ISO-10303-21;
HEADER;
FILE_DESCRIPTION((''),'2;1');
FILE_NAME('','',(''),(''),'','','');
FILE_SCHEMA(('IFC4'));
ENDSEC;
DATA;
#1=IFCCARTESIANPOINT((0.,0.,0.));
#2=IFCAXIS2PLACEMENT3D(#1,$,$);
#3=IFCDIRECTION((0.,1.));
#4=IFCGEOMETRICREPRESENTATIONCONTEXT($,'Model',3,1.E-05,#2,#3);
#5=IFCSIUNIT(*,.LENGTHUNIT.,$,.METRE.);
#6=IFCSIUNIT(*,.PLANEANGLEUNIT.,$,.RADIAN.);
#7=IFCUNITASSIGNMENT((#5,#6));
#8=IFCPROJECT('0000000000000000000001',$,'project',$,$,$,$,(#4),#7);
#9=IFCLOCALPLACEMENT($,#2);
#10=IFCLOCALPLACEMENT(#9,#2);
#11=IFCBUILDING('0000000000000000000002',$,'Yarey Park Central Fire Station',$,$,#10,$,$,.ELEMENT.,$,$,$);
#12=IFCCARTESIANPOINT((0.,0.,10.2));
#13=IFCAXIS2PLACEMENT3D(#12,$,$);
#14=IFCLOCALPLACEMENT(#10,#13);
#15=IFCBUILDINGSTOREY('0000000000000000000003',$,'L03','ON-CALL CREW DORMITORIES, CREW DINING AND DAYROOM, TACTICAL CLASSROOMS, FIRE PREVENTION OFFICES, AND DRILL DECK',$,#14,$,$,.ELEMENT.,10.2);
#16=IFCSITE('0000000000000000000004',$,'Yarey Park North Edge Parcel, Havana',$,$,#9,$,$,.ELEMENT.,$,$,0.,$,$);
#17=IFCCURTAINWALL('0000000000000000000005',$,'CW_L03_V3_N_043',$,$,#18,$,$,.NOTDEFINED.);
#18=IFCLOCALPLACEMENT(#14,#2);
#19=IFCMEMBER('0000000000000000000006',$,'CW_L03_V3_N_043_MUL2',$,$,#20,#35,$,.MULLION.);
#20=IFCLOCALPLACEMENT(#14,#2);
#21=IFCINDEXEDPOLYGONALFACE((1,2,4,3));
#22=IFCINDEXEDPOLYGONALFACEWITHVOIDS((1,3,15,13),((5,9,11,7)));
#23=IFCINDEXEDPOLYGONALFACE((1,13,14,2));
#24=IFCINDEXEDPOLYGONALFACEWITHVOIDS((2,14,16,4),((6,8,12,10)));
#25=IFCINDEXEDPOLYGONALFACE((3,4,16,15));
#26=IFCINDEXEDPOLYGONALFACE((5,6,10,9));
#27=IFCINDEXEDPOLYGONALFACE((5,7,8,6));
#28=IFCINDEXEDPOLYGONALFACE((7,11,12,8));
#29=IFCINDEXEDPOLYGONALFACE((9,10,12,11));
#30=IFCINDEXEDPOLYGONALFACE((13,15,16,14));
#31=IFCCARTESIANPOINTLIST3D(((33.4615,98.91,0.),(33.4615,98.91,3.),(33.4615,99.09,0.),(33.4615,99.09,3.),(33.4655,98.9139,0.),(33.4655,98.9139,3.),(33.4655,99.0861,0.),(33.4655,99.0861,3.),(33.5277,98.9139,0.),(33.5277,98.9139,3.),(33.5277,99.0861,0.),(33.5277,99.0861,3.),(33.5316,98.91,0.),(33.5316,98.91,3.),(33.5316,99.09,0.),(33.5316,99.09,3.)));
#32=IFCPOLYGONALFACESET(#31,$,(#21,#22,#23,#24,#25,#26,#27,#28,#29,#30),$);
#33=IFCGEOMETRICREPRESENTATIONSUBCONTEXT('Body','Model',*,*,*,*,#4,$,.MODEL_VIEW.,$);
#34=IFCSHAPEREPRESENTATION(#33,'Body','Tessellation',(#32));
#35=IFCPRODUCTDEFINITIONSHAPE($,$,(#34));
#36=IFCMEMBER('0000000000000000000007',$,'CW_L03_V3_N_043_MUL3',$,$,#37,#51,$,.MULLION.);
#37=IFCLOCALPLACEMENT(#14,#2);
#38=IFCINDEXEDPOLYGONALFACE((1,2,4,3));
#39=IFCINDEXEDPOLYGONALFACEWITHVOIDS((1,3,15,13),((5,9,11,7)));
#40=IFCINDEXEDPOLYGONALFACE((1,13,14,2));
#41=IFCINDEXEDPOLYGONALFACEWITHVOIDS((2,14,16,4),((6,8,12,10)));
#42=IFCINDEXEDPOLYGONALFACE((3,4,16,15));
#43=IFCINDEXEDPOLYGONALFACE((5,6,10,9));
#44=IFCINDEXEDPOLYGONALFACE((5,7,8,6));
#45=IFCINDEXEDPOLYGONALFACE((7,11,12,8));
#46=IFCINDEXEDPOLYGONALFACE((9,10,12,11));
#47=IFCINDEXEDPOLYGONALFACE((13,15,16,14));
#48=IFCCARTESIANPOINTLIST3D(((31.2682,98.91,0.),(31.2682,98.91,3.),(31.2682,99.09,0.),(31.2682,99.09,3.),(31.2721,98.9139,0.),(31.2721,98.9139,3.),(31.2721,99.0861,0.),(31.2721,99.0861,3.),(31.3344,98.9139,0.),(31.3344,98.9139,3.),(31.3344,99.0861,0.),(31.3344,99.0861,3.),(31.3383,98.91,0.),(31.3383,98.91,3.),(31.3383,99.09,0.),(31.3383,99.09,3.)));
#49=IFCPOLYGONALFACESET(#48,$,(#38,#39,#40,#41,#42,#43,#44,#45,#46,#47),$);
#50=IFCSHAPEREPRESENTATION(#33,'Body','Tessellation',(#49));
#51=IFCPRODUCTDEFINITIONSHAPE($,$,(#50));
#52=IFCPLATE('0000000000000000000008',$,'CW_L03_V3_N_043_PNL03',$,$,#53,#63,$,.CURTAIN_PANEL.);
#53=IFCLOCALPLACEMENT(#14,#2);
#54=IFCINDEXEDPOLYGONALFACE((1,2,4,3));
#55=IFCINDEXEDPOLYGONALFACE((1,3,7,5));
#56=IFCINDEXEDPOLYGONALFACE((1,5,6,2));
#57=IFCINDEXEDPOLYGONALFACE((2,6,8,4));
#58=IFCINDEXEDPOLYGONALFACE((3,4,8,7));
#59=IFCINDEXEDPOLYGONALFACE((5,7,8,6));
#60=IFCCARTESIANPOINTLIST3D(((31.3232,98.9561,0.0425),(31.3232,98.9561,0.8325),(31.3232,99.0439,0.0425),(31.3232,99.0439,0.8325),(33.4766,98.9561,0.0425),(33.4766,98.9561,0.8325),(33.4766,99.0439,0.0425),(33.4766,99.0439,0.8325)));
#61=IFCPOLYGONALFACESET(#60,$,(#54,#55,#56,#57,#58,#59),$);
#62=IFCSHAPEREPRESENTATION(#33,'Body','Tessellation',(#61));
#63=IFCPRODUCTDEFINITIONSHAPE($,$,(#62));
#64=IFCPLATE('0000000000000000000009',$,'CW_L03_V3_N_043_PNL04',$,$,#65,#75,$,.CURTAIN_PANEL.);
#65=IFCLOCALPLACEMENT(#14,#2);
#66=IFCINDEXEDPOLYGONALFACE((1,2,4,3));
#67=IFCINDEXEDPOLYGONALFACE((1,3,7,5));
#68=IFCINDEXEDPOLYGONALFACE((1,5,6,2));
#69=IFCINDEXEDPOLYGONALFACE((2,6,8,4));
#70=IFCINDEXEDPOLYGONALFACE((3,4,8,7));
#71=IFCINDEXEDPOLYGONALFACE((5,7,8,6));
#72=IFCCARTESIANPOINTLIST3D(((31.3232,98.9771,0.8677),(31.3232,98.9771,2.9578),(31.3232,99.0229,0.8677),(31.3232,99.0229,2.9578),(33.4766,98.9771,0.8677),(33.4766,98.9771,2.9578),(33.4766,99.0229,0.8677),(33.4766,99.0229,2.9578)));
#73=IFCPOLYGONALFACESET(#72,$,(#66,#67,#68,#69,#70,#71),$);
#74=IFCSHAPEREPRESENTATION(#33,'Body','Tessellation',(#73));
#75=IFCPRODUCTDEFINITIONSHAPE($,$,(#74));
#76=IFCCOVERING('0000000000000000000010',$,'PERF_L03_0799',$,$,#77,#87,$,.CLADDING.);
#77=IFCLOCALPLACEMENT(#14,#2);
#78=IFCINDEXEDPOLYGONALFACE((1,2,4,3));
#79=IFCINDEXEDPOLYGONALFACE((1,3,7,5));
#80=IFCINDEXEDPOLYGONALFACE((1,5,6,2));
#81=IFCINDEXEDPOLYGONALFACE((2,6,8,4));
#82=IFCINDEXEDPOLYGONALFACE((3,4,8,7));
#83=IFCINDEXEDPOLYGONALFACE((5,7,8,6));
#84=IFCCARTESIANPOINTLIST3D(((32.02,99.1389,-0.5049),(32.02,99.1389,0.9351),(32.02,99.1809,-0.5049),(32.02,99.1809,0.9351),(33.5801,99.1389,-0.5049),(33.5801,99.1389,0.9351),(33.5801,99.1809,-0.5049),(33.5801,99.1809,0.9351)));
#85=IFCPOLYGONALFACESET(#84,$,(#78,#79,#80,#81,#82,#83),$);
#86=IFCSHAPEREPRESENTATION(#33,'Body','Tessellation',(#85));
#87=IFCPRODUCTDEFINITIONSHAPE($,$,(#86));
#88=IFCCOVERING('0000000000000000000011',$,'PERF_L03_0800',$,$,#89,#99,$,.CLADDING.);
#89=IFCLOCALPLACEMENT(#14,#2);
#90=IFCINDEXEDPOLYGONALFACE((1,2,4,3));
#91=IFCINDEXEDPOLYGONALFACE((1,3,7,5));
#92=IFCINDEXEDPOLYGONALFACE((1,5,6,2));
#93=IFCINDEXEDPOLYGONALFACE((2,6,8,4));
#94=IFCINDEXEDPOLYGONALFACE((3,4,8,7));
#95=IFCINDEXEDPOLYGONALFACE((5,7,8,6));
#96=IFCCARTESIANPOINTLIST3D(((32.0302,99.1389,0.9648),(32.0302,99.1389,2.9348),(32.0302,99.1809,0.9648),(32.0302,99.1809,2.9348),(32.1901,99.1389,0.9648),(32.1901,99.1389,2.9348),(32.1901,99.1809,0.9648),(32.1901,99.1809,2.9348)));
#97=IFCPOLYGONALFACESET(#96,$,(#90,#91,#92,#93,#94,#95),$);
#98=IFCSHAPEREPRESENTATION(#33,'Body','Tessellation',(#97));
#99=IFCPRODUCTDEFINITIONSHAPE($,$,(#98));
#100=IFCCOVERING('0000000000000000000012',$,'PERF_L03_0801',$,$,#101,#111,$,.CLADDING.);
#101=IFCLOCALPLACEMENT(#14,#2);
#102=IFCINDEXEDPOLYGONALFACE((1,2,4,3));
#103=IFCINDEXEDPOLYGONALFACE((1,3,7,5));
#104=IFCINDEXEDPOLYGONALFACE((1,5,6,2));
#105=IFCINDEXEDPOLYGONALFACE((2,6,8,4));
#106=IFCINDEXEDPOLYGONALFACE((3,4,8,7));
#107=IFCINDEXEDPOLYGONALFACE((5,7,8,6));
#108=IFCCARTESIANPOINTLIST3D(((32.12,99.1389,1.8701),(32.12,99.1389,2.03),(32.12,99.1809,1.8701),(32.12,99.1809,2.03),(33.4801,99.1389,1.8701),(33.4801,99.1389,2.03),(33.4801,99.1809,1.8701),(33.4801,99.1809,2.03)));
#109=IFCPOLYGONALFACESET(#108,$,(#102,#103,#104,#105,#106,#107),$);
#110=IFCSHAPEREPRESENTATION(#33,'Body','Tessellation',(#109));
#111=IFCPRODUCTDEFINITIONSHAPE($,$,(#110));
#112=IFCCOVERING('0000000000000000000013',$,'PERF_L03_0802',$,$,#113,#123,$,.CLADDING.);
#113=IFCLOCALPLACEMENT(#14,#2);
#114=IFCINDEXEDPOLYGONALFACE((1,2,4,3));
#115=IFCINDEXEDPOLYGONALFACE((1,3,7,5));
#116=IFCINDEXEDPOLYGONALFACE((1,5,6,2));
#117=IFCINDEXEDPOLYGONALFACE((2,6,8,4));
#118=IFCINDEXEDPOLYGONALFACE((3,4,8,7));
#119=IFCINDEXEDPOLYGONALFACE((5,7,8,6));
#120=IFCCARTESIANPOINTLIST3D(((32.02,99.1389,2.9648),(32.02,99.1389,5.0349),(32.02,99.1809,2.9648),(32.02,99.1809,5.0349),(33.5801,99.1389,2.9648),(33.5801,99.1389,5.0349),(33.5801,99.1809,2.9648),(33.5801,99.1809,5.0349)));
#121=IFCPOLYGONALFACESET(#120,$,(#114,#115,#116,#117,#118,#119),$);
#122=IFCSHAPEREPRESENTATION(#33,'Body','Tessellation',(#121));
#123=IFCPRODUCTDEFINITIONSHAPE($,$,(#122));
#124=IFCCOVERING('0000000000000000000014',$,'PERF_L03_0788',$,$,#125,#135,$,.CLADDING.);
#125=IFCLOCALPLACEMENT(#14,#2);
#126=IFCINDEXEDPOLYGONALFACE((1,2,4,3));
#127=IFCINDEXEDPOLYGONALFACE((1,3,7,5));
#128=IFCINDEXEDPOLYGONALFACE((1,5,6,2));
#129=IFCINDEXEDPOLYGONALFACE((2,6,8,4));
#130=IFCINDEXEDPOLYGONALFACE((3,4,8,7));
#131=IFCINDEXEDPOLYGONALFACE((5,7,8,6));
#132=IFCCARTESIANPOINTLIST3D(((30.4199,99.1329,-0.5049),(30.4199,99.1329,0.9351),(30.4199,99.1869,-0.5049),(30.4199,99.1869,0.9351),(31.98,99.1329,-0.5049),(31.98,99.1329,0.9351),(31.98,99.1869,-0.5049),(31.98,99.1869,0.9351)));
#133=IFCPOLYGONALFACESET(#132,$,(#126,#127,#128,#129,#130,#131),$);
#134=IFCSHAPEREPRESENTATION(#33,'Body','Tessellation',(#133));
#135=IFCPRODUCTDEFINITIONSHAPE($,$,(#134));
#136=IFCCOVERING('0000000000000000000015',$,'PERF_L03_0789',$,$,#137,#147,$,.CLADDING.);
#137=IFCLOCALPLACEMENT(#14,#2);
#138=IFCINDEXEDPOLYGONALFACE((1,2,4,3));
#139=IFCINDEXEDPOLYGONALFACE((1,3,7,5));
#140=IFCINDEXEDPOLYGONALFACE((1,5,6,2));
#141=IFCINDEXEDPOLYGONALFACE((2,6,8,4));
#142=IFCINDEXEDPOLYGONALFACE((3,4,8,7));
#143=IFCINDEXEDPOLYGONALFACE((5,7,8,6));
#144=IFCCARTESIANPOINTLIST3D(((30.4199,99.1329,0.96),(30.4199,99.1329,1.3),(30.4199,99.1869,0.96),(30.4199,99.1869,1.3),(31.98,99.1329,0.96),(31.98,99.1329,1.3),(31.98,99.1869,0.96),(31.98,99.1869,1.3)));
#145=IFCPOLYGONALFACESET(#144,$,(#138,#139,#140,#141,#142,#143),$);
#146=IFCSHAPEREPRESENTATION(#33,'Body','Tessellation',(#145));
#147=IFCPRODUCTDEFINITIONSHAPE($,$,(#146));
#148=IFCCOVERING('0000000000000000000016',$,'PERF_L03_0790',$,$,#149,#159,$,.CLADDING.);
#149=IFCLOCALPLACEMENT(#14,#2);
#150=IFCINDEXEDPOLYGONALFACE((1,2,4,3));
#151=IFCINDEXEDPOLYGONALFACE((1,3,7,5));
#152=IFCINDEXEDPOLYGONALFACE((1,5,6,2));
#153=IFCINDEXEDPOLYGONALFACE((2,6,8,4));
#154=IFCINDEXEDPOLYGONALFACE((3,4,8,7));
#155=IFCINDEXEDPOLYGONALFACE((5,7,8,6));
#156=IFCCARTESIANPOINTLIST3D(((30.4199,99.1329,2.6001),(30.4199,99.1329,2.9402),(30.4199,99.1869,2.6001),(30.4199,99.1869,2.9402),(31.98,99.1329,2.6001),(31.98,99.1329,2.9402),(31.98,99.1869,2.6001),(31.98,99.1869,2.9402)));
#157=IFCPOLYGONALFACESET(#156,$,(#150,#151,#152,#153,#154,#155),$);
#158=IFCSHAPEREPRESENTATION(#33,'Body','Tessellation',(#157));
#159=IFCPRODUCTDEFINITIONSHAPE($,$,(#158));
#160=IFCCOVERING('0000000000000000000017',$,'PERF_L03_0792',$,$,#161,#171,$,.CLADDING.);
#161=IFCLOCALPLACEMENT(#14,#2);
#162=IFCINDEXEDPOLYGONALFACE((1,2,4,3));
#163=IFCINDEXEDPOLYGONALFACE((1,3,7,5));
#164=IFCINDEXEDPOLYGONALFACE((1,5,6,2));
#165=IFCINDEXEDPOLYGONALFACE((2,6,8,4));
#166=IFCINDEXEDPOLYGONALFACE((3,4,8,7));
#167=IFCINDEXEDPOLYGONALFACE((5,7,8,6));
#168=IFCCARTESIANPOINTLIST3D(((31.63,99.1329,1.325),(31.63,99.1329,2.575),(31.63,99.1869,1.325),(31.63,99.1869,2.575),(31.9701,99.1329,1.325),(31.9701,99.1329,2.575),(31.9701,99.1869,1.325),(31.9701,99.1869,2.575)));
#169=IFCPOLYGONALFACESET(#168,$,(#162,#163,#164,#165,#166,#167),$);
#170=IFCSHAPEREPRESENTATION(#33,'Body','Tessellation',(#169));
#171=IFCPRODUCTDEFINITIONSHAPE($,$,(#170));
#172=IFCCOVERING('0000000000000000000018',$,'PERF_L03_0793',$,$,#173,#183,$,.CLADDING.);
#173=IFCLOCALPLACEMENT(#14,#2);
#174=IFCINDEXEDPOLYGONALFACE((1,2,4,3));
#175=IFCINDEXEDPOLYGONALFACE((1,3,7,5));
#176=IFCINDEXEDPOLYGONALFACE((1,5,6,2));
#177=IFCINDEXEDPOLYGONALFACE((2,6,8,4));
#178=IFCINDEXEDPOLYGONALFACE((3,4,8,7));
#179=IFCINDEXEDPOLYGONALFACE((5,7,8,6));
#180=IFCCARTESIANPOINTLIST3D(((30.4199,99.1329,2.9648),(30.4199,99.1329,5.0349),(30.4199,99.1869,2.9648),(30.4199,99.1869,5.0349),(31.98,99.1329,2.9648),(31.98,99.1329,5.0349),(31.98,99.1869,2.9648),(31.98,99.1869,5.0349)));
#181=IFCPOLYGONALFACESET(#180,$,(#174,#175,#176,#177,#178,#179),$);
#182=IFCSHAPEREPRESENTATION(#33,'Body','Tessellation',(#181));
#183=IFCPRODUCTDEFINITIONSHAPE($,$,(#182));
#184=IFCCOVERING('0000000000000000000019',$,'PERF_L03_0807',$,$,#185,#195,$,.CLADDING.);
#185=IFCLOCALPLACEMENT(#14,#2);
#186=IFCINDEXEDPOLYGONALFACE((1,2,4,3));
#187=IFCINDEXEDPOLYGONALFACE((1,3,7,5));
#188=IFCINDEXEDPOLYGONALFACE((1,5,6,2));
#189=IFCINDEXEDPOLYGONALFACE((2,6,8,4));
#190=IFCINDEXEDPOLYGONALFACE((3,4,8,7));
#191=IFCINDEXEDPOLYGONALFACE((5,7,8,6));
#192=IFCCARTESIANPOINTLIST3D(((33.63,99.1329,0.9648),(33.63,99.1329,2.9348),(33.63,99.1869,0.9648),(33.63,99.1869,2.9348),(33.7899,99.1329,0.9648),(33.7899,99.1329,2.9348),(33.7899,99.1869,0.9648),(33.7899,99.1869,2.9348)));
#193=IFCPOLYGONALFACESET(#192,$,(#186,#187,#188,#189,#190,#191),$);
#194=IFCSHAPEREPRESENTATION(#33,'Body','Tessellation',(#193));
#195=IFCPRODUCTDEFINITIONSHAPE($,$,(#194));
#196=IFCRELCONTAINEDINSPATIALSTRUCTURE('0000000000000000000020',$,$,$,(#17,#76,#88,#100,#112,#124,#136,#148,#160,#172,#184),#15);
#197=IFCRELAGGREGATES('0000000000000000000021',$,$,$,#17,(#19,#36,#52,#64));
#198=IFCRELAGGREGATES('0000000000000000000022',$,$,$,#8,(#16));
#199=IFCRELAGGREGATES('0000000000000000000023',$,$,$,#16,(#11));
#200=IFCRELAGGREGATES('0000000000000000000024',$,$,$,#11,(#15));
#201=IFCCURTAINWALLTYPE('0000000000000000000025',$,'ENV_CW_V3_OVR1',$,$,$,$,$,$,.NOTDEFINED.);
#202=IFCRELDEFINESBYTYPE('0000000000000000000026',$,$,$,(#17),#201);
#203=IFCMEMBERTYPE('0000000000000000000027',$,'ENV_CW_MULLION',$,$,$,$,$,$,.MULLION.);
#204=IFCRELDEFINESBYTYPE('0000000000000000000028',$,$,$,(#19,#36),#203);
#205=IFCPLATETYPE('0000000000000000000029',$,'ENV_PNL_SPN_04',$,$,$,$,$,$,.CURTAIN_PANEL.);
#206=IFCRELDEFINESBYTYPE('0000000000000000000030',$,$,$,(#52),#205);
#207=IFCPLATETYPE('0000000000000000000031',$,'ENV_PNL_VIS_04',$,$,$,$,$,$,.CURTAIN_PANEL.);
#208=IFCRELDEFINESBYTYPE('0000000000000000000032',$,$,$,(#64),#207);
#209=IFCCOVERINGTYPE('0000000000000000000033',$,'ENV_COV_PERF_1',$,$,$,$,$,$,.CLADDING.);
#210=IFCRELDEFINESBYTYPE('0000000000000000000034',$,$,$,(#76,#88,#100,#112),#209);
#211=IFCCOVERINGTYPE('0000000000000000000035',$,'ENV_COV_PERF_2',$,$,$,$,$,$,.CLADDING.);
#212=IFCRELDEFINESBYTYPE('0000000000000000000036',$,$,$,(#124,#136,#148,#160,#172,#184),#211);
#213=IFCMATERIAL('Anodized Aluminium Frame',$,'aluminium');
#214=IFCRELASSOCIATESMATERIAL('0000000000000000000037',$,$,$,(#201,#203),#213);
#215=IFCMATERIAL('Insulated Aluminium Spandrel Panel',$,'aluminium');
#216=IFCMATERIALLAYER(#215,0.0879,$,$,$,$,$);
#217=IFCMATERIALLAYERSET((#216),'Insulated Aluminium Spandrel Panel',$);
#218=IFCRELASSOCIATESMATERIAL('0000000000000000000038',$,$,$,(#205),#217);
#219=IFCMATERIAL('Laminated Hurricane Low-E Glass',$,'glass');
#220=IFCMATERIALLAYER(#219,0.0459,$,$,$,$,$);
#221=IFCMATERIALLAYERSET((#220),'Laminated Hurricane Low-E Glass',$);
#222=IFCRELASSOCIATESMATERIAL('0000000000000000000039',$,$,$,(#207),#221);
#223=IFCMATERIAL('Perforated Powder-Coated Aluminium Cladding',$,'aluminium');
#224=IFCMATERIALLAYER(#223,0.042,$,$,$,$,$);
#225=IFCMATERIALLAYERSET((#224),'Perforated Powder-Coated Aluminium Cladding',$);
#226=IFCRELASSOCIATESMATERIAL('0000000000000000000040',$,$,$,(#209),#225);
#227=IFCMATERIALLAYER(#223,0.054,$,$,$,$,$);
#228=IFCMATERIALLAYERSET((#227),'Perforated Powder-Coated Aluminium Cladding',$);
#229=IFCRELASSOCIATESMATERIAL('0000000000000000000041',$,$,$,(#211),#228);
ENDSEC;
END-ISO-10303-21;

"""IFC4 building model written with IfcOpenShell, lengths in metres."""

from ifc_helpers import new_model, si_unit, direction, frame, origin, origin_2d, place, context, subcontext, project, spatial, rectangle, hollow_rectangle, extrude, material, layer, layer_set, material_profile, profile_set, type_object, element, aggregate, save


model = new_model("IFC4")

# Units and contexts
model_context = context("Model", 3, precision=1e-05, world=origin(), true_north=direction((0.0, 1.0)))
body_context = subcontext(model_context, "Body", "Model", "MODEL_VIEW")
ifc_project = project(units=[si_unit("LENGTHUNIT", "METRE"), si_unit("PLANEANGLEUNIT", "RADIAN")], contexts=[model_context])

# Site, building, storey
site_placement = place(None, origin())
site = spatial("IfcSite", under=ifc_project, at=site_placement, Name="Yarey Park North Edge Parcel, Havana", CompositionType="ELEMENT", RefElevation=0.0)
building_placement = place(site_placement, origin())
building = spatial("IfcBuilding", under=site, at=building_placement, Name="Yarey Park Central Fire Station", CompositionType="ELEMENT")
storey_placement = place(building_placement, frame((0.0, 0.0, 10.2)))
storey = spatial("IfcBuildingStorey", under=building, at=storey_placement, Name="L03", Description="ON-CALL CREW DORMITORIES, CREW DINING AND DAYROOM, TACTICAL CLASSROOMS, FIRE PREVENTION OFFICES, AND DRILL DECK", CompositionType="ELEMENT", Elevation=10.2)

# Curtain wall, members, plates
ifc_material_1 = material(Name="Anodized Aluminium Frame", Category="aluminium")
curtain_wall_type = type_object("IfcCurtainWallType", Name="ENV_CW_V3_OVR1", PredefinedType="NOTDEFINED", material=ifc_material_1)
curtain_wall_placement = place(storey_placement, origin())
curtain_wall = element("IfcCurtainWall", 1, at=curtain_wall_placement, inside=storey, type_object=curtain_wall_type, Name="CW_L03_V3_N_043", PredefinedType="NOTDEFINED")
ifc_material_profile = material_profile(ifc_material_1, hollow_rectangle(XDim=0.0701, YDim=0.1799, WallThickness=0.0039, at=origin_2d()), Name="ALU 180x70x4")
ifc_profile_set = profile_set([ifc_material_profile], Name="Anodized Aluminium Frame")
member_type = type_object("IfcMemberType", Name="ENV_CW_MULLION", PredefinedType="MULLION", material=ifc_profile_set)
member_1_placement = place(storey_placement, frame((33.4966, 99.0, 0.0), z_axis=(0.0, 0.0, 1.0), x_axis=(1.0, 0.0, 0.0)))
member_1 = element("IfcMember", 2, at=member_1_placement, type_object=member_type, Name="CW_L03_V3_N_043_MUL2", PredefinedType="MULLION", context=body_context, shape_type="SweptSolid", body=[
    extrude(hollow_rectangle(XDim=0.0701, YDim=0.1799, WallThickness=0.0039, at=origin_2d()), origin(), (0.0, 0.0, 1.0), 3.0),
])
member_2_placement = place(storey_placement, frame((31.3032, 99.0, 0.0), z_axis=(0.0, 0.0, 1.0), x_axis=(1.0, 0.0, 0.0)))
member_2 = element("IfcMember", 3, at=member_2_placement, type_object=member_type, Name="CW_L03_V3_N_043_MUL3", PredefinedType="MULLION", context=body_context, shape_type="SweptSolid", body=[
    extrude(hollow_rectangle(XDim=0.0701, YDim=0.1799, WallThickness=0.0039, at=origin_2d()), origin(), (0.0, 0.0, 1.0), 3.0),
])
ifc_material_2 = material(Name="Insulated Aluminium Spandrel Panel", Category="aluminium")
ifc_layer_1 = layer(ifc_material_2, 0.0879)
ifc_layer_set_1 = layer_set([ifc_layer_1], Name="Insulated Aluminium Spandrel Panel")
plate_type_1 = type_object("IfcPlateType", Name="ENV_PNL_SPN_04", PredefinedType="CURTAIN_PANEL", material=ifc_layer_set_1)
plate_1_placement = place(storey_placement, frame((32.3999, 99.0, 0.0425), z_axis=(0.0, 0.0, 1.0), x_axis=(-1.0, 0.0, 0.0)))
plate_1 = element("IfcPlate", 4, at=plate_1_placement, type_object=plate_type_1, Name="CW_L03_V3_N_043_PNL03", PredefinedType="CURTAIN_PANEL", context=body_context, shape_type="SweptSolid", body=[
    extrude(rectangle(XDim=2.1533, YDim=0.0879, at=origin_2d()), origin(), (0.0, 0.0, 1.0), 0.79),
])
ifc_material_3 = material(Name="Laminated Hurricane Low-E Glass", Category="glass")
ifc_layer_2 = layer(ifc_material_3, 0.0459)
ifc_layer_set_2 = layer_set([ifc_layer_2], Name="Laminated Hurricane Low-E Glass")
plate_type_2 = type_object("IfcPlateType", Name="ENV_PNL_VIS_04", PredefinedType="CURTAIN_PANEL", material=ifc_layer_set_2)
plate_2_placement = place(storey_placement, frame((32.3999, 99.0, 0.8677), z_axis=(0.0, 0.0, 1.0), x_axis=(-1.0, 0.0, 0.0)))
plate_2 = element("IfcPlate", 5, at=plate_2_placement, type_object=plate_type_2, Name="CW_L03_V3_N_043_PNL04", PredefinedType="CURTAIN_PANEL", context=body_context, shape_type="SweptSolid", body=[
    extrude(rectangle(XDim=2.1533, YDim=0.0459, at=origin_2d()), origin(), (0.0, 0.0, 1.0), 2.0901),
])
aggregate(curtain_wall, [member_1, member_2, plate_1, plate_2])

# Coverings
ifc_material_4 = material(Name="Perforated Powder-Coated Aluminium Cladding", Category="aluminium")
ifc_layer_3 = layer(ifc_material_4, 0.042)
ifc_layer_set_3 = layer_set([ifc_layer_3], Name="Perforated Powder-Coated Aluminium Cladding")
covering_type_1 = type_object("IfcCoveringType", Name="ENV_COV_PERF_1", PredefinedType="CLADDING", material=ifc_layer_set_3)
covering_1_placement = place(storey_placement, frame((32.8, 99.1599, -0.5049), z_axis=(0.0, 0.0, 1.0), x_axis=(1.0, 0.0, 0.0)))
element("IfcCovering", 6, at=covering_1_placement, inside=storey, type_object=covering_type_1, Name="PERF_L03_0799", PredefinedType="CLADDING", context=body_context, shape_type="SweptSolid", body=[
    extrude(rectangle(XDim=1.5601, YDim=0.042, at=origin_2d()), origin(), (0.0, 0.0, 1.0), 1.4399),
])
covering_2_placement = place(storey_placement, frame((32.1101, 99.1599, 0.9648), z_axis=(0.0, 0.0, 1.0), x_axis=(1.0, 0.0, 0.0)))
element("IfcCovering", 7, at=covering_2_placement, inside=storey, type_object=covering_type_1, Name="PERF_L03_0800", PredefinedType="CLADDING", context=body_context, shape_type="SweptSolid", body=[
    extrude(rectangle(XDim=0.1599, YDim=0.042, at=origin_2d()), origin(), (0.0, 0.0, 1.0), 1.97),
])
covering_3_placement = place(storey_placement, frame((32.8, 99.1599, 1.8701), z_axis=(0.0, 0.0, 1.0), x_axis=(1.0, 0.0, 0.0)))
element("IfcCovering", 8, at=covering_3_placement, inside=storey, type_object=covering_type_1, Name="PERF_L03_0801", PredefinedType="CLADDING", context=body_context, shape_type="SweptSolid", body=[
    extrude(rectangle(XDim=1.3601, YDim=0.042, at=origin_2d()), origin(), (0.0, 0.0, 1.0), 0.1599),
])
covering_4_placement = place(storey_placement, frame((32.8, 99.1599, 2.9648), z_axis=(0.0, 0.0, 1.0), x_axis=(1.0, 0.0, 0.0)))
element("IfcCovering", 9, at=covering_4_placement, inside=storey, type_object=covering_type_1, Name="PERF_L03_0802", PredefinedType="CLADDING", context=body_context, shape_type="SweptSolid", body=[
    extrude(rectangle(XDim=1.5601, YDim=0.042, at=origin_2d()), origin(), (0.0, 0.0, 1.0), 2.0701),
])
ifc_layer_4 = layer(ifc_material_4, 0.054)
ifc_layer_set_4 = layer_set([ifc_layer_4], Name="Perforated Powder-Coated Aluminium Cladding")
covering_type_2 = type_object("IfcCoveringType", Name="ENV_COV_PERF_2", PredefinedType="CLADDING", material=ifc_layer_set_4)
covering_5_placement = place(storey_placement, frame((31.2, 99.1599, -0.5049), z_axis=(0.0, 0.0, 1.0), x_axis=(1.0, 0.0, 0.0)))
element("IfcCovering", 10, at=covering_5_placement, inside=storey, type_object=covering_type_2, Name="PERF_L03_0788", PredefinedType="CLADDING", context=body_context, shape_type="SweptSolid", body=[
    extrude(rectangle(XDim=1.5601, YDim=0.054, at=origin_2d()), origin(), (0.0, 0.0, 1.0), 1.4399),
])
for number, where, z_axis, x_axis, name in (
    (11, (31.2, 99.1599, 0.96), (0.0, 0.0, 1.0), (1.0, 0.0, 0.0), "PERF_L03_0789"),
    (12, (31.2, 99.1599, 2.6001), (0.0, 0.0, 1.0), (1.0, 0.0, 0.0), "PERF_L03_0790"),
):
    element("IfcCovering", number, at=place(storey_placement, frame(where, z_axis=z_axis, x_axis=x_axis)), inside=storey, type_object=covering_type_2, Name=name, PredefinedType="CLADDING", context=body_context, shape_type="SweptSolid", body=[
        extrude(rectangle(XDim=1.5601, YDim=0.054, at=origin_2d()), origin(), (0.0, 0.0, 1.0), 0.3401),
    ])
covering_6_placement = place(storey_placement, frame((31.8, 99.1599, 1.325), z_axis=(0.0, 0.0, 1.0), x_axis=(1.0, 0.0, 0.0)))
element("IfcCovering", 13, at=covering_6_placement, inside=storey, type_object=covering_type_2, Name="PERF_L03_0792", PredefinedType="CLADDING", context=body_context, shape_type="SweptSolid", body=[
    extrude(rectangle(XDim=0.3401, YDim=0.054, at=origin_2d()), origin(), (0.0, 0.0, 1.0), 1.25),
])
covering_7_placement = place(storey_placement, frame((31.2, 99.1599, 2.9648), z_axis=(0.0, 0.0, 1.0), x_axis=(1.0, 0.0, 0.0)))
element("IfcCovering", 14, at=covering_7_placement, inside=storey, type_object=covering_type_2, Name="PERF_L03_0793", PredefinedType="CLADDING", context=body_context, shape_type="SweptSolid", body=[
    extrude(rectangle(XDim=1.5601, YDim=0.054, at=origin_2d()), origin(), (0.0, 0.0, 1.0), 2.0701),
])
covering_8_placement = place(storey_placement, frame((33.71, 99.1599, 0.9648), z_axis=(0.0, 0.0, 1.0), x_axis=(1.0, 0.0, 0.0)))
element("IfcCovering", 15, at=covering_8_placement, inside=storey, type_object=covering_type_2, Name="PERF_L03_0807", PredefinedType="CLADDING", context=body_context, shape_type="SweptSolid", body=[
    extrude(rectangle(XDim=0.1599, YDim=0.054, at=origin_2d()), origin(), (0.0, 0.0, 1.0), 1.97),
])

save(model, "model.ifc")
